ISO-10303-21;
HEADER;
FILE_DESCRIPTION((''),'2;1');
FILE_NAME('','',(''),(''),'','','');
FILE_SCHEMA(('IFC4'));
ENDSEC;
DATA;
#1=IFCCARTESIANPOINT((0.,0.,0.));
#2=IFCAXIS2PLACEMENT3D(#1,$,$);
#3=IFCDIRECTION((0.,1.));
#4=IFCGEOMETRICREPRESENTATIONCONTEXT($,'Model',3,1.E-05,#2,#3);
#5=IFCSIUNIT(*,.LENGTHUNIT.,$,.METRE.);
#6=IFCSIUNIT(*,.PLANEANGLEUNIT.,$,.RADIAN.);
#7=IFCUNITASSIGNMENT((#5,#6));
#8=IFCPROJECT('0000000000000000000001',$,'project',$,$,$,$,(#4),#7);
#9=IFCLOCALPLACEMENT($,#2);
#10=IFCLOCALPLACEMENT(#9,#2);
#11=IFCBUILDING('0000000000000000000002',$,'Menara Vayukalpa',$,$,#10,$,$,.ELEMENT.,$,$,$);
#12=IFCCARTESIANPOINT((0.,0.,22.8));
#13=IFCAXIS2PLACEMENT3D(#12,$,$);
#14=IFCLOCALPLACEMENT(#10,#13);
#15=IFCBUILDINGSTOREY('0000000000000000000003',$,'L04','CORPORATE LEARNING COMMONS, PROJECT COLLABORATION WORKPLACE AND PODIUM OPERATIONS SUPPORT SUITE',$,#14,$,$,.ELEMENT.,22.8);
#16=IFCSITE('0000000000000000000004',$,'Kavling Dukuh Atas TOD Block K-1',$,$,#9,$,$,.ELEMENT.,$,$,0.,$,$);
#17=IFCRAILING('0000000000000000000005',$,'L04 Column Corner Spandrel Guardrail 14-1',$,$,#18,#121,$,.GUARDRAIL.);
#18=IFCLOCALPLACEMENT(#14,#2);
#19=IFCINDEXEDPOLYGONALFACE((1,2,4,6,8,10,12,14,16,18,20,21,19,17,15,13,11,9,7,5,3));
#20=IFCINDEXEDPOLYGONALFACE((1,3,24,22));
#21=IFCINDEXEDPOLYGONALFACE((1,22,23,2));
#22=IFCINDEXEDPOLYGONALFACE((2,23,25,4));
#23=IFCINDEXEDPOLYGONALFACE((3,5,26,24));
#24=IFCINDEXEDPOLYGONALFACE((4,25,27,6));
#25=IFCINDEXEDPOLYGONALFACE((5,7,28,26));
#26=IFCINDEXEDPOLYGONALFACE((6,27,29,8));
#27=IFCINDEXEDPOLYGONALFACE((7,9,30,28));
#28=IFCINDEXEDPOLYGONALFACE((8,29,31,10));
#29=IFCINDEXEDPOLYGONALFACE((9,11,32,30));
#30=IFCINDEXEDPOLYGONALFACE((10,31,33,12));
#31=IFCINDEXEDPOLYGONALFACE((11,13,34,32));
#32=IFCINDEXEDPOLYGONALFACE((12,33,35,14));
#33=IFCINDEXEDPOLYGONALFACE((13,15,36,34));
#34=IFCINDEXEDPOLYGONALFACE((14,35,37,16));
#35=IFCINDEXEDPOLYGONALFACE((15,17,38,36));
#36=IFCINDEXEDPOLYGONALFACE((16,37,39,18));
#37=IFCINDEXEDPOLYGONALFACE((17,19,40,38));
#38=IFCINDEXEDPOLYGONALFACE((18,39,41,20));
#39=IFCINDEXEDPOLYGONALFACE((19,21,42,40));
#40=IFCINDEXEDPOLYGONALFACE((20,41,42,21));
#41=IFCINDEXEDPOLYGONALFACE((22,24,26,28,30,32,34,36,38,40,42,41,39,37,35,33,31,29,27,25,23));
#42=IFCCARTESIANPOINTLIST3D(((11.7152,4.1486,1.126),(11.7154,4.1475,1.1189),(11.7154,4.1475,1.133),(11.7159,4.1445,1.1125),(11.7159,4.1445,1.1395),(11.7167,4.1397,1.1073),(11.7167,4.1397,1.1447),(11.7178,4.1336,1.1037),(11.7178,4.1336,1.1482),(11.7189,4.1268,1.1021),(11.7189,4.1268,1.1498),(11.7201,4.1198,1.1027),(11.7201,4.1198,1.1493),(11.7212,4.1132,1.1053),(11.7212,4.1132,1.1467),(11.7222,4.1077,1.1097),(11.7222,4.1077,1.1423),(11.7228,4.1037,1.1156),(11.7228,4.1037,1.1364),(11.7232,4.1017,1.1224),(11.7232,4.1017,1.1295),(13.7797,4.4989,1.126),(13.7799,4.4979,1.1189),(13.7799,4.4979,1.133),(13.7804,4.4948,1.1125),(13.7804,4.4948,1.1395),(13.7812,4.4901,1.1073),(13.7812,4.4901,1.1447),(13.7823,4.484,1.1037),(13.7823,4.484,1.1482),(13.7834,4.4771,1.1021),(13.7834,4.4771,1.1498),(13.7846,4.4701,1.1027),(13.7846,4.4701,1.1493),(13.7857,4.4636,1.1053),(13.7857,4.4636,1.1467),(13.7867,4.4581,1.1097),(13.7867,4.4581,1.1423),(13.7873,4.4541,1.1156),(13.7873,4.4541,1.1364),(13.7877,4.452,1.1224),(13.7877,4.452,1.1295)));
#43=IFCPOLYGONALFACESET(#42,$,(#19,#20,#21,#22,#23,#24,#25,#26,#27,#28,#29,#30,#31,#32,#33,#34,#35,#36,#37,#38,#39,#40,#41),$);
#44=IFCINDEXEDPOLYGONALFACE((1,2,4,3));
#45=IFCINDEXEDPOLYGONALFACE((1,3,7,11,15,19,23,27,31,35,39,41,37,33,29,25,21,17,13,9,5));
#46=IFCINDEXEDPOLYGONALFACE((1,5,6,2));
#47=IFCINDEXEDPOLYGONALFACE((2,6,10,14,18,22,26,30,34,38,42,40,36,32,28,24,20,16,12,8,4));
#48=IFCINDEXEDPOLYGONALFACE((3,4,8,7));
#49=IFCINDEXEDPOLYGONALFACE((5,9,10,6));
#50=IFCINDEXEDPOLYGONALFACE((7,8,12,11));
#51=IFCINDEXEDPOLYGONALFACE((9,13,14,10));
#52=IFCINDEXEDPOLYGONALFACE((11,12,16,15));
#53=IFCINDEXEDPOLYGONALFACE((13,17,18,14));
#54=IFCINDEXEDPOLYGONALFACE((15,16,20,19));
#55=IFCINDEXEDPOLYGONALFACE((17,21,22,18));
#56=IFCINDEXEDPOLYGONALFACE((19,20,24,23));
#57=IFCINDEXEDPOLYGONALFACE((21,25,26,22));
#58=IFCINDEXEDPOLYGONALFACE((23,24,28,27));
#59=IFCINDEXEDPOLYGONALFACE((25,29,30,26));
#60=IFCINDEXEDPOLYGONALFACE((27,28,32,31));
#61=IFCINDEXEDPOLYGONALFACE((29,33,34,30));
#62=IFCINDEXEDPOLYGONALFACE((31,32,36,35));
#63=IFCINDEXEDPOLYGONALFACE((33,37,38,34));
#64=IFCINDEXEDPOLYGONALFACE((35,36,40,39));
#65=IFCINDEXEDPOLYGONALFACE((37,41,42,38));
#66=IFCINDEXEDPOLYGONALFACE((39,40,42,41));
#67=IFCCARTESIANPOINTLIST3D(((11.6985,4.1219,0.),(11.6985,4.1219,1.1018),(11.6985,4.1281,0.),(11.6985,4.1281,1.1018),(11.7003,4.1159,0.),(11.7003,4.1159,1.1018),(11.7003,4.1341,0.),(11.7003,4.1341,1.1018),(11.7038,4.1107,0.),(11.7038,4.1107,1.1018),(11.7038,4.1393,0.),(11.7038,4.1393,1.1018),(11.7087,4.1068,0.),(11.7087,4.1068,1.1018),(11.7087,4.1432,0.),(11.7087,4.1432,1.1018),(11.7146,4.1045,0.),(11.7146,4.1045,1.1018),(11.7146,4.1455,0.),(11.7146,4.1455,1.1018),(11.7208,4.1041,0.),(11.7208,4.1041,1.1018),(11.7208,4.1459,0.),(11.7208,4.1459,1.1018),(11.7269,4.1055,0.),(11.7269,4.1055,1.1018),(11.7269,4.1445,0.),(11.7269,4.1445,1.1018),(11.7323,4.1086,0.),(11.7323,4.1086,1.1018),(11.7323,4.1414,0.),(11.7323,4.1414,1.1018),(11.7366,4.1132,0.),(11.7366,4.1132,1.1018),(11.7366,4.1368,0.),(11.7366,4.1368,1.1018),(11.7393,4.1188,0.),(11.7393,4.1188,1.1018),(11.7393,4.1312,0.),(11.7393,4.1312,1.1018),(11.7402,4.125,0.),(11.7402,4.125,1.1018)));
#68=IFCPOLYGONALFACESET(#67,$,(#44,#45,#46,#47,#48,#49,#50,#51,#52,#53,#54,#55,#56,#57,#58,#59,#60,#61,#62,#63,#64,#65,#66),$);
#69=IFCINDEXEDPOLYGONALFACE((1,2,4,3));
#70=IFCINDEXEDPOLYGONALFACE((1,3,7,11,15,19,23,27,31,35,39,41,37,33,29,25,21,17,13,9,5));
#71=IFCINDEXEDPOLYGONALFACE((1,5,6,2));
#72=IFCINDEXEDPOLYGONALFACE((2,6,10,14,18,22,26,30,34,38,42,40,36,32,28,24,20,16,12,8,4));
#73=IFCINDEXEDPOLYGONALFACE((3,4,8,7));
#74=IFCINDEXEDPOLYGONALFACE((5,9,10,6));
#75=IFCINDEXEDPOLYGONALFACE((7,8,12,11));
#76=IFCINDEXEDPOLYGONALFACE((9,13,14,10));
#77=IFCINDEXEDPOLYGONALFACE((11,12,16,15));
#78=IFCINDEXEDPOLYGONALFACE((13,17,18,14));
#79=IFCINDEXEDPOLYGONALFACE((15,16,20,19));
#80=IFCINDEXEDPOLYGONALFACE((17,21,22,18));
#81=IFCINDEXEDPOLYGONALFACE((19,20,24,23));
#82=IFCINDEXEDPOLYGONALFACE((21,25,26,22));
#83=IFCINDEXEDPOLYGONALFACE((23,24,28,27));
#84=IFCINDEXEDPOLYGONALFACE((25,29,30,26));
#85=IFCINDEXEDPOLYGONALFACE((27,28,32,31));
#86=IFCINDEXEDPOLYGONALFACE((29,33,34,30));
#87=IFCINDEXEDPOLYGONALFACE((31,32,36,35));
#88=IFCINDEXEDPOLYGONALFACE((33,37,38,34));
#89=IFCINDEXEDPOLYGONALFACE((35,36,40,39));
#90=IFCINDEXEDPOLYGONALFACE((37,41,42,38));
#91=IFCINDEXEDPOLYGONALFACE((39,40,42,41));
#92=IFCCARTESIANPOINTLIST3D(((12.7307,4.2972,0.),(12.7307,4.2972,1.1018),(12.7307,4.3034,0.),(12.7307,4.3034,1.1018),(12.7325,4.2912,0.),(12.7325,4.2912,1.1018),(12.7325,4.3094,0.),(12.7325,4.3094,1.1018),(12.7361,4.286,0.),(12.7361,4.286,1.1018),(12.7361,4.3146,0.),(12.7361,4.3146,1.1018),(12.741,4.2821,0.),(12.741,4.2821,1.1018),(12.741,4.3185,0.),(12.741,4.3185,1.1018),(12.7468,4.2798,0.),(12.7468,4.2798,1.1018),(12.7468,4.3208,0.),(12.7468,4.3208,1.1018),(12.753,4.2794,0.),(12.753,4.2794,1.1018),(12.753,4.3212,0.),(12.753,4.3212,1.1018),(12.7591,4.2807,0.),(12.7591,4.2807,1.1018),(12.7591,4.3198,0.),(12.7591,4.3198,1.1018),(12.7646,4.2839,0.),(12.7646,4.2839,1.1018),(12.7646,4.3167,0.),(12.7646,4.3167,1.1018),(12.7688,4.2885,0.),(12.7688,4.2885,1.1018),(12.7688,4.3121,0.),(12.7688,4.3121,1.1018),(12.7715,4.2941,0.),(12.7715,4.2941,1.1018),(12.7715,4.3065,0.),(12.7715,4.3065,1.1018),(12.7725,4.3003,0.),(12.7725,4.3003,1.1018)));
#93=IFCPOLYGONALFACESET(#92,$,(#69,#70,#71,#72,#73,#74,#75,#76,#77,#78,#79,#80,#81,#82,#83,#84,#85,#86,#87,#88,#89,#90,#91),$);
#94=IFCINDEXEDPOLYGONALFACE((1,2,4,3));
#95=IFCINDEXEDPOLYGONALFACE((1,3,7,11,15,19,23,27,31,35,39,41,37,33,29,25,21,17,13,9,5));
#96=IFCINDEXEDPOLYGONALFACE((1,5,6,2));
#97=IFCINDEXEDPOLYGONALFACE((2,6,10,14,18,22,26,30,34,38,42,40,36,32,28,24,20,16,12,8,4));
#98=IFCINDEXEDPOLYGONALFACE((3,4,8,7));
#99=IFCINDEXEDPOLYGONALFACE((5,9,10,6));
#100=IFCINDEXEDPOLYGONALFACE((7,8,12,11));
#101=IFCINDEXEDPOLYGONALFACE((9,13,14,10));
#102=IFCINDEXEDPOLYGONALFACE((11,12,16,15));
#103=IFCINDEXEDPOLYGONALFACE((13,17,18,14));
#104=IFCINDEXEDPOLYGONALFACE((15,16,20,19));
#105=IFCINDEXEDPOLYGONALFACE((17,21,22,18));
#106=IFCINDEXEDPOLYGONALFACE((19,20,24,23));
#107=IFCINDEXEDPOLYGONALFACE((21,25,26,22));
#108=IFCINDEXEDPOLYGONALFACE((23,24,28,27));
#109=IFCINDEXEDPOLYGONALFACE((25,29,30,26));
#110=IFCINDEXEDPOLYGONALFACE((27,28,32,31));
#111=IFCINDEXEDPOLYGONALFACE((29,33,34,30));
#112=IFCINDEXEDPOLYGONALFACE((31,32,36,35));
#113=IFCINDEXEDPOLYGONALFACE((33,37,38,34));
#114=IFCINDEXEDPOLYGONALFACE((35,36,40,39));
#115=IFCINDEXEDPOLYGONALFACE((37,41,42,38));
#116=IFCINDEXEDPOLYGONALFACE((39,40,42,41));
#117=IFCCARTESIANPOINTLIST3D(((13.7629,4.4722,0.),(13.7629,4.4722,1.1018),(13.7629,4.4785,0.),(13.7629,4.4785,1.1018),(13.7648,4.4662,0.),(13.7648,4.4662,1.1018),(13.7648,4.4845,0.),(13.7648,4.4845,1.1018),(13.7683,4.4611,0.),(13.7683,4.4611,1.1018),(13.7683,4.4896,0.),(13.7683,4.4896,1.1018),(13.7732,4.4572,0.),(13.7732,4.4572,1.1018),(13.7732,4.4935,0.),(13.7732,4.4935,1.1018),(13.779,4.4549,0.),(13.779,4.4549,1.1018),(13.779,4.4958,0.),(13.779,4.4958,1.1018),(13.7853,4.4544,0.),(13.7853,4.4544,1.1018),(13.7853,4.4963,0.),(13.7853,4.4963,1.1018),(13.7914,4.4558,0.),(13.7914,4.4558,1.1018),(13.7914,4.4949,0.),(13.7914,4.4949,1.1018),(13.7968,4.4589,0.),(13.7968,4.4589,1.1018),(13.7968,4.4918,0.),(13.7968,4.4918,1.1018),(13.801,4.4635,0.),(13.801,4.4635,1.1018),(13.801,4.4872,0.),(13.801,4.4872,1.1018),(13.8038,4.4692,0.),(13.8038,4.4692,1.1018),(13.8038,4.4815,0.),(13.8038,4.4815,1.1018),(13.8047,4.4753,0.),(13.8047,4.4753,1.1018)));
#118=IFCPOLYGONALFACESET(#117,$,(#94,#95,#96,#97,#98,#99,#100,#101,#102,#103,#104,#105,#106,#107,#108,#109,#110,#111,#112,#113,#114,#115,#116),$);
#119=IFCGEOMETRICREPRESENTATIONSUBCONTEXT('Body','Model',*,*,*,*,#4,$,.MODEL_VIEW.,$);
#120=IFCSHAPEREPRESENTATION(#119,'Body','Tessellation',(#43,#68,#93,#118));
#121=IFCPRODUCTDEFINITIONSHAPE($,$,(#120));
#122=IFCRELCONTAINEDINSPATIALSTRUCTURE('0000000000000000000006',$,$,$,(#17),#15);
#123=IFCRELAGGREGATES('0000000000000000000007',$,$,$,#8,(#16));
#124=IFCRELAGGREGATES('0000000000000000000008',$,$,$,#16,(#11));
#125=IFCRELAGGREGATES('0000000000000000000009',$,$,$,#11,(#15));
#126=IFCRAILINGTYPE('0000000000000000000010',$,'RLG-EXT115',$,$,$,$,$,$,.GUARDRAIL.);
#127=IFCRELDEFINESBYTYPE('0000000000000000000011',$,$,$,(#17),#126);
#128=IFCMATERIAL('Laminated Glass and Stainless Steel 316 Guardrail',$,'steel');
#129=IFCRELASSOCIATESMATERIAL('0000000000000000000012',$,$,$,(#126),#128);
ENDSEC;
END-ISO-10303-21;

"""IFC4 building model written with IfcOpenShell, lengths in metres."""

from ifc_helpers import new_model, si_unit, direction, frame, origin, origin_2d, place, context, subcontext, project, spatial, circle, extrude, material, type_object, element, save


model = new_model("IFC4")

# Units and contexts
model_context = context("Model", 3, precision=1e-05, world=origin(), true_north=direction((0.0, 1.0)))
body_context = subcontext(model_context, "Body", "Model", "MODEL_VIEW")
ifc_project = project(units=[si_unit("LENGTHUNIT", "METRE"), si_unit("PLANEANGLEUNIT", "RADIAN")], contexts=[model_context])

# Site, building, storey
site_placement = place(None, origin())
site = spatial("IfcSite", under=ifc_project, at=site_placement, Name="Kavling Dukuh Atas TOD Block K-1", CompositionType="ELEMENT", RefElevation=0.0)
building_placement = place(site_placement, origin())
building = spatial("IfcBuilding", under=site, at=building_placement, Name="Menara Vayukalpa", CompositionType="ELEMENT")
storey_placement = place(building_placement, frame((0.0, 0.0, 22.8)))
storey = spatial("IfcBuildingStorey", under=building, at=storey_placement, Name="L04", Description="CORPORATE LEARNING COMMONS, PROJECT COLLABORATION WORKPLACE AND PODIUM OPERATIONS SUPPORT SUITE", CompositionType="ELEMENT", Elevation=22.8)

# Railing
ifc_material_1 = material(Name="Laminated Glass and Stainless Steel 316 Guardrail", Category="steel")
railing_type = type_object("IfcRailingType", Name="RLG-EXT115", PredefinedType="GUARDRAIL", material=ifc_material_1)
railing_1_placement = place(storey_placement, frame((11.7192, 4.125, 0.0)))
element("IfcRailing", 1, at=railing_1_placement, inside=storey, type_object=railing_type, Name="L04 Column Corner Spandrel Guardrail 14-1", PredefinedType="GUARDRAIL", context=body_context, shape_type="SweptSolid", body=[
    extrude(circle(Radius=0.0239, at=origin_2d()), frame((0.0, 0.0, 1.126), z_axis=(0.985904, 0.16731, 0.0), x_axis=(-0.16731, 0.985904, 0.0)), (0.0, 0.0, 1.0), 2.094),
    extrude(circle(Radius=0.021, at=origin_2d()), origin(), (0.0, 0.0, 1.0), 1.1018),
    extrude(circle(Radius=0.021, at=origin_2d()), frame((1.0322, 0.1753, 0.0)), (0.0, 0.0, 1.0), 1.1018),
    extrude(circle(Radius=0.021, at=origin_2d()), frame((2.0645, 0.3503, 0.0)), (0.0, 0.0, 1.0), 1.1018),
])

save(model, "model.ifc")
